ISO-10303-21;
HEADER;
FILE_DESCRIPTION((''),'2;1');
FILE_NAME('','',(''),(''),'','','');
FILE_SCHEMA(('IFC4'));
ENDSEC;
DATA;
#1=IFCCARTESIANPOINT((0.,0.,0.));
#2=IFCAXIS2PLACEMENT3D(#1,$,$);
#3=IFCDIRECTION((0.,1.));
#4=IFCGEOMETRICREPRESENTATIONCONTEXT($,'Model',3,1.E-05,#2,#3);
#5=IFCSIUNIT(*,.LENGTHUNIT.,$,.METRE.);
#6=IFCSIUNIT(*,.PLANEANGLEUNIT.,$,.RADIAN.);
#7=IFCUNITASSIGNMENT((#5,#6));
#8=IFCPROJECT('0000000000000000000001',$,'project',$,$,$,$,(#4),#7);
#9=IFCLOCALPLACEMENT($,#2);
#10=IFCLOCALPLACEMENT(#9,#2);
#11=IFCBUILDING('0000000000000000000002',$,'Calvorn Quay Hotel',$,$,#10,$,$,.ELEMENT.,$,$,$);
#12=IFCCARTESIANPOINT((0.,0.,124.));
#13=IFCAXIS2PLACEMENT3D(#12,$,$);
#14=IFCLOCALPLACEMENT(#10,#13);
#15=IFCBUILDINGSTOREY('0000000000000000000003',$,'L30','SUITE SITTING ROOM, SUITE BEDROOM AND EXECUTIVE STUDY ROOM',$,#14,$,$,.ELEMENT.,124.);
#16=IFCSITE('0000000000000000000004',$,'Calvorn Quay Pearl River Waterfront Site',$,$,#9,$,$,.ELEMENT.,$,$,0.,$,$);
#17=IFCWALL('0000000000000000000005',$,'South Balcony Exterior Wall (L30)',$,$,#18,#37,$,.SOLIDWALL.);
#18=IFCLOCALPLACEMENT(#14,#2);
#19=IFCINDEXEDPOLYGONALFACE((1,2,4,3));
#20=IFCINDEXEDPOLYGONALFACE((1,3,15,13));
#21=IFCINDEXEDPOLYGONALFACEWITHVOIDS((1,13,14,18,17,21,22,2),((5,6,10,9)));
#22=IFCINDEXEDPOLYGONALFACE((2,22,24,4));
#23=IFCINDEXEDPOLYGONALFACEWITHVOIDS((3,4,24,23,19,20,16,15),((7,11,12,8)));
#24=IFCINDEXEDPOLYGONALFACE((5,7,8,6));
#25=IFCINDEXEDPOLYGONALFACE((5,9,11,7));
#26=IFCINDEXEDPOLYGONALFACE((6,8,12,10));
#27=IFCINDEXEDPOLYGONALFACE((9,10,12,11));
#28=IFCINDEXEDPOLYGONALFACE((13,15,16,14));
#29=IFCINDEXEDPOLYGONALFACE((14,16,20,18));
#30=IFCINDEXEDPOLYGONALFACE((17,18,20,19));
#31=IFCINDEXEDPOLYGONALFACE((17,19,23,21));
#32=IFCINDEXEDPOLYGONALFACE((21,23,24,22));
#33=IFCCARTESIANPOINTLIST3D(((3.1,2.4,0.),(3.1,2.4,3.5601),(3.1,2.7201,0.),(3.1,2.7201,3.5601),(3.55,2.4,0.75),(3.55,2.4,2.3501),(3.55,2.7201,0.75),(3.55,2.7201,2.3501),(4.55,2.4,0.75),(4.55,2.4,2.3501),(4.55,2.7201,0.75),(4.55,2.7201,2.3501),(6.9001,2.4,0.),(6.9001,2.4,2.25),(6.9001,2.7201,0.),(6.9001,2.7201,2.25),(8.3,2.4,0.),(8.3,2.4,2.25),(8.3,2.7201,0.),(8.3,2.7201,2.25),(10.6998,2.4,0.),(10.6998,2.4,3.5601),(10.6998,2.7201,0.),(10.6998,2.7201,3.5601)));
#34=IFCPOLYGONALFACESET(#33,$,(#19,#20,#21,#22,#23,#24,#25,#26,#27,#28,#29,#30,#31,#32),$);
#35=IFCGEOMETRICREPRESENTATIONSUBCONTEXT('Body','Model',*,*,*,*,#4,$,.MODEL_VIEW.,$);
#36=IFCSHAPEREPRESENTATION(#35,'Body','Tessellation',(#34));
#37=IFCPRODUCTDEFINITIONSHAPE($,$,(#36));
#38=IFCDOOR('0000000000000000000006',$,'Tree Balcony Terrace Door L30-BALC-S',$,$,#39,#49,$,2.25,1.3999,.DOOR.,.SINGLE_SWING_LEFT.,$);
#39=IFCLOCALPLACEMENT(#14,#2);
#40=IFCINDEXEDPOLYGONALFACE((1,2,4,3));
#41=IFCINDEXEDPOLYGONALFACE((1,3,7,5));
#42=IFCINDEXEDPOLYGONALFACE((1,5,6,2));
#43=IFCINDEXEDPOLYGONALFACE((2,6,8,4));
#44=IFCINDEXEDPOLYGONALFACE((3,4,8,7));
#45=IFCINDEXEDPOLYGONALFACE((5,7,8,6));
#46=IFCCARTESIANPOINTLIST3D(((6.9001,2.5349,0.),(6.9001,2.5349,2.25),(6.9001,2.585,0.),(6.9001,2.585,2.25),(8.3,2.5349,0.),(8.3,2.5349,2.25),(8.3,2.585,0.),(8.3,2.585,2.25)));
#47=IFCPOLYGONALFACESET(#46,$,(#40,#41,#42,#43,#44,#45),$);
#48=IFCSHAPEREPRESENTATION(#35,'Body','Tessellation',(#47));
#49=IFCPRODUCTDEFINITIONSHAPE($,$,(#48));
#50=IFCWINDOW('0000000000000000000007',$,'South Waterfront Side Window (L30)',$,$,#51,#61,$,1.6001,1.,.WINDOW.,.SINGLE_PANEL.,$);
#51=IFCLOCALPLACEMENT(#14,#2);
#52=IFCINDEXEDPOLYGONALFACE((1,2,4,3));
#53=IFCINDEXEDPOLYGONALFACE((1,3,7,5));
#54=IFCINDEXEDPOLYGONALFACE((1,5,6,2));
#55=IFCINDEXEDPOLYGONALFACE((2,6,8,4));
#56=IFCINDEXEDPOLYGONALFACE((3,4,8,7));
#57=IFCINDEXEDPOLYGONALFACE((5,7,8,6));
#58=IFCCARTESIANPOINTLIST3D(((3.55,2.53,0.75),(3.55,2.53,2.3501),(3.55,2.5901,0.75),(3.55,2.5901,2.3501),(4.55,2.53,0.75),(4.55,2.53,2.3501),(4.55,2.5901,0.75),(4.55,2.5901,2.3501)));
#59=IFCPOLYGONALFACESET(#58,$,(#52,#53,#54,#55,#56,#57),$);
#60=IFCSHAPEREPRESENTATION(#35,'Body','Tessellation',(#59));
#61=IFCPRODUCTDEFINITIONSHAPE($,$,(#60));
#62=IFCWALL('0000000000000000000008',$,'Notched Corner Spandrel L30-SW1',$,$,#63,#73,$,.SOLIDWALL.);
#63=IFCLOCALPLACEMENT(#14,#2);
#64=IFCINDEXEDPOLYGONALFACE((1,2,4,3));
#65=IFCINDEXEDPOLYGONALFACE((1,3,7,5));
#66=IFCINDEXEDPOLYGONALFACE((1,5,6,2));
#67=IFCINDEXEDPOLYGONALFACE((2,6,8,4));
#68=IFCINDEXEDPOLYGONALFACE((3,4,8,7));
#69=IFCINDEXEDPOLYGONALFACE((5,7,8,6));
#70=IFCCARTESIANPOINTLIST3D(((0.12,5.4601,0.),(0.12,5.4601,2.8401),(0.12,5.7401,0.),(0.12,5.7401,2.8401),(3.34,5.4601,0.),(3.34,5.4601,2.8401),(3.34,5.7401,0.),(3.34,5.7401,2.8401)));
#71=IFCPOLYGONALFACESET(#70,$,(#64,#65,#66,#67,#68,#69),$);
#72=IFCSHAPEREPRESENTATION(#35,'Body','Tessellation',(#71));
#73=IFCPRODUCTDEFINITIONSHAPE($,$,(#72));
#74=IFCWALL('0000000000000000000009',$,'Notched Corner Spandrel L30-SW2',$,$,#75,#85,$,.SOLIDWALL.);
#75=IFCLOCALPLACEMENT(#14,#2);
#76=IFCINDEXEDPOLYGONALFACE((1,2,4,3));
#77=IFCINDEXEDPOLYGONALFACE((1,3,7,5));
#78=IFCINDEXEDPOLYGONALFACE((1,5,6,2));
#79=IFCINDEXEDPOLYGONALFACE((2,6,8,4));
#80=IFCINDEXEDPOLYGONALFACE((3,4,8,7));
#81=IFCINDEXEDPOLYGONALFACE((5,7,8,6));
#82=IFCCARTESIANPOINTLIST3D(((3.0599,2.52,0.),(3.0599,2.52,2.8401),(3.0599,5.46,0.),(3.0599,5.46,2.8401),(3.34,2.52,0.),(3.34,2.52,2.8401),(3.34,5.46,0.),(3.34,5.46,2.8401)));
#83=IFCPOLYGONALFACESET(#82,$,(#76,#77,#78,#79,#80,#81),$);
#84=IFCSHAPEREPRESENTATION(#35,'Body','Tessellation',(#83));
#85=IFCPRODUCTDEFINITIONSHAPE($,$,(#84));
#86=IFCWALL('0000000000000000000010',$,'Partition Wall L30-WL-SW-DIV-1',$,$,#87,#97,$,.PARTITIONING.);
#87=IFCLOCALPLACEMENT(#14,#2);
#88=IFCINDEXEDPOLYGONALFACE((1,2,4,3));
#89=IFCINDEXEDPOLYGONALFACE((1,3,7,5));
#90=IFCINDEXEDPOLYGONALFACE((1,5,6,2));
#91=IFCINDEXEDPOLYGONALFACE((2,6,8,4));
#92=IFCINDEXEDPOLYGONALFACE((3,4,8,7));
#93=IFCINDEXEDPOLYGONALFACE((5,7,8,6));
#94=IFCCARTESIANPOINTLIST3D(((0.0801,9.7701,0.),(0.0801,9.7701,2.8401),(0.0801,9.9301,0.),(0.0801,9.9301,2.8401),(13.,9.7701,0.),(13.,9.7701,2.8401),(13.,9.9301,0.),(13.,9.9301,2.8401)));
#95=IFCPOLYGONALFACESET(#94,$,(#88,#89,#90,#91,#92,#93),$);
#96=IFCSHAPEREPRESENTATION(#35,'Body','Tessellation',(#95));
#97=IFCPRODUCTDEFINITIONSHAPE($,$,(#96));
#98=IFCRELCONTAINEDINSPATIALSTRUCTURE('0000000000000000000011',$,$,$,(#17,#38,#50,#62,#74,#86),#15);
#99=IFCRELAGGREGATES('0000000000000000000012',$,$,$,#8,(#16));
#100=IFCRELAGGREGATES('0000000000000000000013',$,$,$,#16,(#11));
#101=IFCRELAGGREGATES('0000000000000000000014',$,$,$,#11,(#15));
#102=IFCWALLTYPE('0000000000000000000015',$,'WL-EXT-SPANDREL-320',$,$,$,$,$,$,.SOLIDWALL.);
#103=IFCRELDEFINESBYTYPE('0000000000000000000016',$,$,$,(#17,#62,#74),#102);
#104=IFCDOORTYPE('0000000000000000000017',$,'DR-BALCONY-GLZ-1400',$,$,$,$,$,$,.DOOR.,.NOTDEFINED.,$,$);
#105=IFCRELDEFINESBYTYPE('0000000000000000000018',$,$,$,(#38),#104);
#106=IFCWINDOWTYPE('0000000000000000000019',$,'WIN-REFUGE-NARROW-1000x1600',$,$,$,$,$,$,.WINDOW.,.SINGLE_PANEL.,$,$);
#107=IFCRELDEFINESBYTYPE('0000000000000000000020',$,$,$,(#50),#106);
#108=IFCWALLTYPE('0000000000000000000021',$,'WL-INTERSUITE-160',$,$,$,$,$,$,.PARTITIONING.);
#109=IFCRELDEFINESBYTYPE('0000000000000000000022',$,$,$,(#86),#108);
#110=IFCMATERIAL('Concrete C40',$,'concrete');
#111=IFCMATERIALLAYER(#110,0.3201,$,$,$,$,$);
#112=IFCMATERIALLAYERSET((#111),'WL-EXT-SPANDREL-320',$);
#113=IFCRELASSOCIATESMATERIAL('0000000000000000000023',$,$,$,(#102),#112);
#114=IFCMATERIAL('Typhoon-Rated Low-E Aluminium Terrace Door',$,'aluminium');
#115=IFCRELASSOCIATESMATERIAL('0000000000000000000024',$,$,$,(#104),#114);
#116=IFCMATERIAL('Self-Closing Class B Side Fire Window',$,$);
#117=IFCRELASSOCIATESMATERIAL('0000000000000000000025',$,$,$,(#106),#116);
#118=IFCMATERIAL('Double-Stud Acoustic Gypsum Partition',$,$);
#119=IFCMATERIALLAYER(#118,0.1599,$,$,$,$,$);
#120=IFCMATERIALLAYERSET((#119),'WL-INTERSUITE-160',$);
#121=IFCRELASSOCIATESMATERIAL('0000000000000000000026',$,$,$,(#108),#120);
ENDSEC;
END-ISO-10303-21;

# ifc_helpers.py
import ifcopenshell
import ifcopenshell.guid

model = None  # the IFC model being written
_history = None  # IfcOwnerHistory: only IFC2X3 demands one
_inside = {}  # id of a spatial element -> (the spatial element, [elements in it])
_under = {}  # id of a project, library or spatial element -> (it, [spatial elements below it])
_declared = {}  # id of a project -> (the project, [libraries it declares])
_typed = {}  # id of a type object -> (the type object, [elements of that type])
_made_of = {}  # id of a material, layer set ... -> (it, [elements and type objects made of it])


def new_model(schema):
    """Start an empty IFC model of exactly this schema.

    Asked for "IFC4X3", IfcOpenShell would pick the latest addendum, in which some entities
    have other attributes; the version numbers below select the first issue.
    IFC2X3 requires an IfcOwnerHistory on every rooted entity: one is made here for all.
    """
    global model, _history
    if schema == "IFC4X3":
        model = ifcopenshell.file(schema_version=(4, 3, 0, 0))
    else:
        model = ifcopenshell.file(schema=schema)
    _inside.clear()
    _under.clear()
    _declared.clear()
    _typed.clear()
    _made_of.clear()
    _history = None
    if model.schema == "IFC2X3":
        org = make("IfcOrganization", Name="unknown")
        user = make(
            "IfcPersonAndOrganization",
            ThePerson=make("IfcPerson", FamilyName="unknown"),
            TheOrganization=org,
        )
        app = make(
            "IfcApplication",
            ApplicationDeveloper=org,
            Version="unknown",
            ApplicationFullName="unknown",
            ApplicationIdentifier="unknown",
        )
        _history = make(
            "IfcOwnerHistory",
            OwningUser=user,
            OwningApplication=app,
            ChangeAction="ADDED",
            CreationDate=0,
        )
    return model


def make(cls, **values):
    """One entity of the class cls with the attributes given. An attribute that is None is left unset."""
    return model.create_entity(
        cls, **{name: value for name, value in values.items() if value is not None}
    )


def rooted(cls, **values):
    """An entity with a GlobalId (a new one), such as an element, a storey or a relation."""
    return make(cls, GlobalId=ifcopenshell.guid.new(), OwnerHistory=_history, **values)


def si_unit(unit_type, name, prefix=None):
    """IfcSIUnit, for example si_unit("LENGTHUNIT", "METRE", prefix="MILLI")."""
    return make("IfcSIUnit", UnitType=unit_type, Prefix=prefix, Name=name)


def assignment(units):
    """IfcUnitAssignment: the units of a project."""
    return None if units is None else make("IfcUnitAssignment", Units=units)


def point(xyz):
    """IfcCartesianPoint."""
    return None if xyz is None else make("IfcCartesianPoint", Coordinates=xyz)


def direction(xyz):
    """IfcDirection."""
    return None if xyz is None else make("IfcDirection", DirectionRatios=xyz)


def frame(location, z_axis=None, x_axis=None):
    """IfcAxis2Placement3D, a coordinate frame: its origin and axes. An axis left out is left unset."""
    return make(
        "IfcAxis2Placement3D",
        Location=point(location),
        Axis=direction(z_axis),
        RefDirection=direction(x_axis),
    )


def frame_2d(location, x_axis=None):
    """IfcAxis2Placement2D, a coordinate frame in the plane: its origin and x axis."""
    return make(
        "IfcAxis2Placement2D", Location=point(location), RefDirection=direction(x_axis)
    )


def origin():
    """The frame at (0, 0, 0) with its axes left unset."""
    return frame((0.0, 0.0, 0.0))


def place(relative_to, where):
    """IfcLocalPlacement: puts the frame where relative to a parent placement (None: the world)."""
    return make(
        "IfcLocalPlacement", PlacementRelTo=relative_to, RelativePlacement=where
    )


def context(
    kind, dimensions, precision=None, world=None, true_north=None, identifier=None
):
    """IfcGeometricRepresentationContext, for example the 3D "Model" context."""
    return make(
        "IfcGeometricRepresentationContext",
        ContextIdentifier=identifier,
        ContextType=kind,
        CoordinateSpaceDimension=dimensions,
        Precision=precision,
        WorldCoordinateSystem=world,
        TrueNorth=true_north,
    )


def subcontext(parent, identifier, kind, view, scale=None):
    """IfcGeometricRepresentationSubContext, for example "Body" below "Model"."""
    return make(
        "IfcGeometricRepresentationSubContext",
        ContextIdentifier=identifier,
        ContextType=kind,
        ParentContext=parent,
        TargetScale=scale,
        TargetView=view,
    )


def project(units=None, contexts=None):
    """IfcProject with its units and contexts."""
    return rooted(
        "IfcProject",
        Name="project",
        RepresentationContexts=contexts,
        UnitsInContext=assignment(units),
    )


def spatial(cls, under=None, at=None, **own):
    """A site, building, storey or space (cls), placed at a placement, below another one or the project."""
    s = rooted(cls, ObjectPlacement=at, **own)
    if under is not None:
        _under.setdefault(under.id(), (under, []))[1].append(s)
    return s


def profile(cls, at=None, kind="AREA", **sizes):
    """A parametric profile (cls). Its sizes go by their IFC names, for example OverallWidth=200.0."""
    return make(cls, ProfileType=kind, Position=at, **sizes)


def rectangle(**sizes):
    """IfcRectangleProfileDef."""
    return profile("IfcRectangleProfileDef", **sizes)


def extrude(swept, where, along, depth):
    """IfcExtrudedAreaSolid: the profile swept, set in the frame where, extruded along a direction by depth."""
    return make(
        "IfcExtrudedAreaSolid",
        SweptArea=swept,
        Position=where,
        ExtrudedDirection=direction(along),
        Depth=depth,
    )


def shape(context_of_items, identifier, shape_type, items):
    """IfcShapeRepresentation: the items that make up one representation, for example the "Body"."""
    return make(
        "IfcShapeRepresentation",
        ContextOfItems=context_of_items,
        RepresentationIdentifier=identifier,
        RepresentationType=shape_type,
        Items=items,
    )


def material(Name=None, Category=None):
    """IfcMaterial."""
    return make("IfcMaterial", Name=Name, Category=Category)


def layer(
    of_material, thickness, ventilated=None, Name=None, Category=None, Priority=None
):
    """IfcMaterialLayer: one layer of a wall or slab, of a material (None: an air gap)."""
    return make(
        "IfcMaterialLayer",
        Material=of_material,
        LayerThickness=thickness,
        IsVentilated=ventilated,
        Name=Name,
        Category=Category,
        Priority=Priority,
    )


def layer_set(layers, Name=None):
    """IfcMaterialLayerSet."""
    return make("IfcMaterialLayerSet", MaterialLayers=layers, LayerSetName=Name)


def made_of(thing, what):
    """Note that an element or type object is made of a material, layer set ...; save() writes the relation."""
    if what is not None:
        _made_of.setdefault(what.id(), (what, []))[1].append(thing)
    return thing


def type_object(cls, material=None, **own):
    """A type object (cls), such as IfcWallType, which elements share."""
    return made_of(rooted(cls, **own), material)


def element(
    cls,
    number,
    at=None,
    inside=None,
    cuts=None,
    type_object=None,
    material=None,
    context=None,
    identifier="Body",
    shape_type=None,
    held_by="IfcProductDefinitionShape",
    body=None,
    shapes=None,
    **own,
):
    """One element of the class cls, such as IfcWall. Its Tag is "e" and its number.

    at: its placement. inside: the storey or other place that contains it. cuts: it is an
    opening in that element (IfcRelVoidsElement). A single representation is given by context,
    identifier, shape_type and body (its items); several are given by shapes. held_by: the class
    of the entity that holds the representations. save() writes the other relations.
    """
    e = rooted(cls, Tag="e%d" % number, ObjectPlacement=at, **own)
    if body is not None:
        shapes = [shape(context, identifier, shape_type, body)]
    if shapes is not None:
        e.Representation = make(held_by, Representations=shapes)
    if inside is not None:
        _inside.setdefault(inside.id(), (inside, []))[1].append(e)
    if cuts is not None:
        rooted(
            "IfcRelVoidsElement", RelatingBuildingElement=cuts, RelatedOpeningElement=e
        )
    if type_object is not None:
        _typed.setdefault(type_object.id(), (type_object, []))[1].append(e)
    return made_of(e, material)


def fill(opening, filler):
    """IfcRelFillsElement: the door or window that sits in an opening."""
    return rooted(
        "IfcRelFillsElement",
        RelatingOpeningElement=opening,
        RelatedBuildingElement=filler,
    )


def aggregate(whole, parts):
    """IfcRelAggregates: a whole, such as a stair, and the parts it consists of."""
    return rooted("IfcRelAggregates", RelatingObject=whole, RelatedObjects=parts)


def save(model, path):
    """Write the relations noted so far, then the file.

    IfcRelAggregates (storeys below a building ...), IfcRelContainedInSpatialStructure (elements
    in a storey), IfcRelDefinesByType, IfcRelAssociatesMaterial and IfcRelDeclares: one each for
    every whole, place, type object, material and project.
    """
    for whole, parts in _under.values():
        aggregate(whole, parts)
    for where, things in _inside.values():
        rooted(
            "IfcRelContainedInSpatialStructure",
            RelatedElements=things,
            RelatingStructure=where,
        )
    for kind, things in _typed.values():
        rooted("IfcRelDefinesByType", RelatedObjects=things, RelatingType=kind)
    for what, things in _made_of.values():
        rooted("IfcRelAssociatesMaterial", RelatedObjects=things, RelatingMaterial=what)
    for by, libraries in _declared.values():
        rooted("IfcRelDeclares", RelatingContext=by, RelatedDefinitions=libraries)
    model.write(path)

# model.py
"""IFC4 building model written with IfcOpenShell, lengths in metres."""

from ifc_helpers import new_model, si_unit, direction, frame, frame_2d, origin, place, context, subcontext, project, spatial, rectangle, extrude, material, layer, layer_set, type_object, element, fill, save


model = new_model("IFC4")

# Units and contexts
model_context = context("Model", 3, precision=1e-05, world=origin(), true_north=direction((0.0, 1.0)))
body_context = subcontext(model_context, "Body", "Model", "MODEL_VIEW")
ifc_project = project(units=[si_unit("LENGTHUNIT", "METRE"), si_unit("PLANEANGLEUNIT", "RADIAN")], contexts=[model_context])

# Site, building, storey
site_placement = place(None, origin())
site = spatial("IfcSite", under=ifc_project, at=site_placement, Name="Calvorn Quay Pearl River Waterfront Site", CompositionType="ELEMENT", RefElevation=0.0)
building_placement = place(site_placement, origin())
building = spatial("IfcBuilding", under=site, at=building_placement, Name="Calvorn Quay Hotel", CompositionType="ELEMENT")
storey_placement = place(building_placement, frame((0.0, 0.0, 124.0)))
storey = spatial("IfcBuildingStorey", under=building, at=storey_placement, Name="L30", Description="SUITE SITTING ROOM, SUITE BEDROOM AND EXECUTIVE STUDY ROOM", CompositionType="ELEMENT", Elevation=124.0)

# Wall, openings, door, window
ifc_material_1 = material(Name="Concrete C40", Category="concrete")
ifc_layer_1 = layer(ifc_material_1, 0.3201)
ifc_layer_set_1 = layer_set([ifc_layer_1], Name="WL-EXT-SPANDREL-320")
wall_type_1 = type_object("IfcWallType", Name="WL-EXT-SPANDREL-320", PredefinedType="SOLIDWALL", material=ifc_layer_set_1)
wall_1_placement = place(storey_placement, frame((3.1001, 2.5601, 0.0), z_axis=(0.0, 0.0, 1.0), x_axis=(1.0, 0.0, 0.0)))
wall_1 = element("IfcWall", 1, at=wall_1_placement, inside=storey, type_object=wall_type_1, Name="South Balcony Exterior Wall (L30)", PredefinedType="SOLIDWALL", context=body_context, shape_type="SweptSolid", body=[
    extrude(rectangle(XDim=7.5999, YDim=0.3201, at=frame_2d((3.7998, 0.0))), origin(), (0.0, 0.0, 1.0), 3.5601),
])
opening_1_placement = place(wall_1_placement, frame((0.45, 0.0, 0.75)))
opening_1 = element("IfcOpeningElement", 2, at=opening_1_placement, cuts=wall_1, PredefinedType="OPENING", context=body_context, shape_type="SweptSolid", body=[
    extrude(rectangle(XDim=1.0, YDim=1.6001, at=frame_2d((0.5, 0.8))), frame((0.0, 0.1699, 0.0), z_axis=(0.0, -1.0, 0.0), x_axis=(1.0, 0.0, 0.0)), (0.0, 0.0, 1.0), 0.3401),
])
opening_2_placement = place(wall_1_placement, frame((3.8, 0.0, 0.0)))
opening_2 = element("IfcOpeningElement", 3, at=opening_2_placement, cuts=wall_1, PredefinedType="OPENING", context=body_context, shape_type="SweptSolid", body=[
    extrude(rectangle(XDim=1.3999, YDim=2.25, at=frame_2d((0.7, 1.125))), frame((0.0, 0.1699, 0.0), z_axis=(0.0, -1.0, 0.0), x_axis=(1.0, 0.0, 0.0)), (0.0, 0.0, 1.0), 0.3401),
])
ifc_material_2 = material(Name="Typhoon-Rated Low-E Aluminium Terrace Door", Category="aluminium")
door_type_1 = type_object("IfcDoorType", Name="DR-BALCONY-GLZ-1400", OperationType="NOTDEFINED", PredefinedType="DOOR", material=ifc_material_2)
door_1_placement = place(opening_2_placement, origin())
door_1 = element("IfcDoor", 4, at=door_1_placement, inside=storey, type_object=door_type_1, Name="Tree Balcony Terrace Door L30-BALC-S", OperationType="SINGLE_SWING_LEFT", OverallHeight=2.25, OverallWidth=1.3999, PredefinedType="DOOR", context=body_context, shape_type="SweptSolid", body=[
    extrude(rectangle(XDim=1.3999, YDim=2.25, at=frame_2d((0.7, 1.125))), frame((0.0, 0.0249, 0.0), z_axis=(0.0, -1.0, 0.0), x_axis=(1.0, 0.0, 0.0)), (0.0, 0.0, 1.0), 0.05),
])
fill(opening_2, door_1)
ifc_material_3 = material(Name="Self-Closing Class B Side Fire Window")
window_type = type_object("IfcWindowType", Name="WIN-REFUGE-NARROW-1000x1600", PartitioningType="SINGLE_PANEL", PredefinedType="WINDOW", material=ifc_material_3)
window_placement = place(opening_1_placement, origin())
window = element("IfcWindow", 5, at=window_placement, inside=storey, type_object=window_type, Name="South Waterfront Side Window (L30)", OverallHeight=1.6001, OverallWidth=1.0, PartitioningType="SINGLE_PANEL", PredefinedType="WINDOW", context=body_context, shape_type="SweptSolid", body=[
    extrude(rectangle(XDim=1.0, YDim=1.6001, at=frame_2d((0.5, 0.8))), frame((0.0, 0.03, 0.0), z_axis=(0.0, -1.0, 0.0), x_axis=(1.0, 0.0, 0.0)), (0.0, 0.0, 1.0), 0.0601),
])
fill(opening_1, window)

# Walls
wall_2_placement = place(storey_placement, frame((0.1201, 5.6001, 0.0), z_axis=(0.0, 0.0, 1.0), x_axis=(1.0, 0.0, 0.0)))
element("IfcWall", 6, at=wall_2_placement, inside=storey, type_object=wall_type_1, Name="Notched Corner Spandrel L30-SW1", PredefinedType="SOLIDWALL", context=body_context, shape_type="SweptSolid", body=[
    extrude(rectangle(XDim=3.22, YDim=0.28, at=frame_2d((1.6099, 0.0))), origin(), (0.0, 0.0, 1.0), 2.8401),
])
wall_3_placement = place(storey_placement, frame((3.2, 5.46, 0.0), z_axis=(0.0, 0.0, 1.0), x_axis=(0.0, -1.0, 0.0)))
element("IfcWall", 7, at=wall_3_placement, inside=storey, type_object=wall_type_1, Name="Notched Corner Spandrel L30-SW2", PredefinedType="SOLIDWALL", context=body_context, shape_type="SweptSolid", body=[
    extrude(rectangle(XDim=2.9399, YDim=0.28, at=frame_2d((1.47, 0.0))), origin(), (0.0, 0.0, 1.0), 2.8401),
])
ifc_material_4 = material(Name="Double-Stud Acoustic Gypsum Partition")
ifc_layer_2 = layer(ifc_material_4, 0.1599)
ifc_layer_set_2 = layer_set([ifc_layer_2], Name="WL-INTERSUITE-160")
wall_type_2 = type_object("IfcWallType", Name="WL-INTERSUITE-160", PredefinedType="PARTITIONING", material=ifc_layer_set_2)
wall_4_placement = place(storey_placement, frame((0.0801, 9.8501, 0.0), z_axis=(0.0, 0.0, 1.0), x_axis=(1.0, 0.0, 0.0)))
element("IfcWall", 8, at=wall_4_placement, inside=storey, type_object=wall_type_2, Name="Partition Wall L30-WL-SW-DIV-1", PredefinedType="PARTITIONING", context=body_context, shape_type="SweptSolid", body=[
    extrude(rectangle(XDim=12.9199, YDim=0.1599, at=frame_2d((6.46, 0.0))), origin(), (0.0, 0.0, 1.0), 2.8401),
])

save(model, "model.ifc")
